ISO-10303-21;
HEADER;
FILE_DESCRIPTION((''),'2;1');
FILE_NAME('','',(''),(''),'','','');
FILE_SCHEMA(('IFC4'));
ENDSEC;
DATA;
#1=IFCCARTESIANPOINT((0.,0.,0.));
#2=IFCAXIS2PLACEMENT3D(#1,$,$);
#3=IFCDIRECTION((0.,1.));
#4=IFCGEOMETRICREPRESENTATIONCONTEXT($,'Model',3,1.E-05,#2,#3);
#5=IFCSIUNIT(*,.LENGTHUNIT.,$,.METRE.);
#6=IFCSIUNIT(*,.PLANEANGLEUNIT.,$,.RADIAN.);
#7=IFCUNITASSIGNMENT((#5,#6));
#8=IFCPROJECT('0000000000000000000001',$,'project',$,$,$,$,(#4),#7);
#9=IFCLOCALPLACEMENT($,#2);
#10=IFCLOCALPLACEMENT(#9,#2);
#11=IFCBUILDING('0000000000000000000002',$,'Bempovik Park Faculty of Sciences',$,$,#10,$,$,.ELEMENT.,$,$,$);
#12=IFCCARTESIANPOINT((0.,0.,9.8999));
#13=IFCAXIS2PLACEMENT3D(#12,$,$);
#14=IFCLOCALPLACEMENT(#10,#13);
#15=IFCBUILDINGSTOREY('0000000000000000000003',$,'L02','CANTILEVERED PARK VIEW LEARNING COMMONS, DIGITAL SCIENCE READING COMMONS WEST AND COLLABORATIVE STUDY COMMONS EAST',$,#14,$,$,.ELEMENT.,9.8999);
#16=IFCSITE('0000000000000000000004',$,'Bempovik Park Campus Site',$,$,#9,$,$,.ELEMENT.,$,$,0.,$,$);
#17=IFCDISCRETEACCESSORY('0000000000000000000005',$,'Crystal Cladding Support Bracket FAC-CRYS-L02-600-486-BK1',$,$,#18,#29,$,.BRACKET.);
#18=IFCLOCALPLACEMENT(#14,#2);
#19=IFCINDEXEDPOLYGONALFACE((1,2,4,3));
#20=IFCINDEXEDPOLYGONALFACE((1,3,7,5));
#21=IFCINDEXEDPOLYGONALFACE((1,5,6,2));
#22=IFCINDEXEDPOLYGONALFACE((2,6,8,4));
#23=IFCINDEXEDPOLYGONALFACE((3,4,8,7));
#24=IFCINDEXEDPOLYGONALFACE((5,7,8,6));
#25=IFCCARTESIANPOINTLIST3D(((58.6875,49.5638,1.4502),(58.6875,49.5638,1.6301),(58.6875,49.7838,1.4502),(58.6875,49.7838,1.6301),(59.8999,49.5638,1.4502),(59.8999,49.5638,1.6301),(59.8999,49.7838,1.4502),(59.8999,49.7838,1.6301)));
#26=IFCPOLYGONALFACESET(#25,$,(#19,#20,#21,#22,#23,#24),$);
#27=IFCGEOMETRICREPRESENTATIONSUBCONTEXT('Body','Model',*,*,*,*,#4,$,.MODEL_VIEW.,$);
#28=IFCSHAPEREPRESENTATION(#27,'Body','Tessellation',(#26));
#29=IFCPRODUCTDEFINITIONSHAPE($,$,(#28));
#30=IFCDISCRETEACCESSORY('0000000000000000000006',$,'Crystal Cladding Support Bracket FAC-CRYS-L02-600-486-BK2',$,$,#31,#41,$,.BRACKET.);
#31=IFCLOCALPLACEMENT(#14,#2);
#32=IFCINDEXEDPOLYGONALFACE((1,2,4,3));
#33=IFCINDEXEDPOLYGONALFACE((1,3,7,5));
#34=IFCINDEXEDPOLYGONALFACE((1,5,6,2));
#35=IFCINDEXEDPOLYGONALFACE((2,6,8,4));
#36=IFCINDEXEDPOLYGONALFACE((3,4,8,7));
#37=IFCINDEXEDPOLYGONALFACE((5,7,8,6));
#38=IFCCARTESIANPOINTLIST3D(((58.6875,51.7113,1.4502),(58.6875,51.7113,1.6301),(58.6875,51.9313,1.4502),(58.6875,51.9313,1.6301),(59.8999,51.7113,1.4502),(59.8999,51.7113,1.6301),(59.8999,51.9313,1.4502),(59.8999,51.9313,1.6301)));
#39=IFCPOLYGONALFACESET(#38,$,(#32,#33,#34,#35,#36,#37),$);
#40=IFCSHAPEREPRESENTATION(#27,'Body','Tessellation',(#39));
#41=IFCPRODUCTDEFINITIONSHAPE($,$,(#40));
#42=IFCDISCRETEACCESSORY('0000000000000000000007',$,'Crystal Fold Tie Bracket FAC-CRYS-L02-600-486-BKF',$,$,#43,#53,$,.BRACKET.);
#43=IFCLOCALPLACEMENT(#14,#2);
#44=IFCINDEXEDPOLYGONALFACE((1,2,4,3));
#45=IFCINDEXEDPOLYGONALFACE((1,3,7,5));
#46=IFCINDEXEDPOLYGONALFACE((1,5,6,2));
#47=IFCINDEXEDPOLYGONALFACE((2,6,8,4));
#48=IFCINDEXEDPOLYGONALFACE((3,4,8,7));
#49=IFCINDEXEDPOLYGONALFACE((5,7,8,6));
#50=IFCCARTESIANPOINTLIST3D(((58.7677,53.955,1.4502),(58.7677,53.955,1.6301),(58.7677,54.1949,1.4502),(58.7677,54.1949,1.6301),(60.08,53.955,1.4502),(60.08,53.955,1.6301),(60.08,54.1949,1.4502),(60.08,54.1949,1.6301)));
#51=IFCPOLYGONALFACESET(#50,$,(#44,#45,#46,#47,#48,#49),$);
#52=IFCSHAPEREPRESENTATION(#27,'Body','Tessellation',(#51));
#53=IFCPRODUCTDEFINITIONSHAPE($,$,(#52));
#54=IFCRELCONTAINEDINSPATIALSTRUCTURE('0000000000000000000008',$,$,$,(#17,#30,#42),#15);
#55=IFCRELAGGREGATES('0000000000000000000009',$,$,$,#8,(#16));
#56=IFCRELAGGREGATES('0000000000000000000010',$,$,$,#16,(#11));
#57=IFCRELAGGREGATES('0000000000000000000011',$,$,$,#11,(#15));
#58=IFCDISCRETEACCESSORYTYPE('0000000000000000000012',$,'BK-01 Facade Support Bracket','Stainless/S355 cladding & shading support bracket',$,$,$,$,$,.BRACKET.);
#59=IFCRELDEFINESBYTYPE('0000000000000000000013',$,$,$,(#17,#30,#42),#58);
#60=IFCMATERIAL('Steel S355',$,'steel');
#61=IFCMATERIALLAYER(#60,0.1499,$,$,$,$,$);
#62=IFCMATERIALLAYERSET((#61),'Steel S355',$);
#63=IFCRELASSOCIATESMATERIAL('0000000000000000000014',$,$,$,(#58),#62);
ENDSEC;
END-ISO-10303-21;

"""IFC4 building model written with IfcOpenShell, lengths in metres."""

from ifc_helpers import new_model, si_unit, direction, frame, origin, origin_2d, place, context, subcontext, project, spatial, rectangle, extrude, material, layer, layer_set, type_object, element, save


model = new_model("IFC4")

# Units and contexts
model_context = context("Model", 3, precision=1e-05, world=origin(), true_north=direction((0.0, 1.0)))
body_context = subcontext(model_context, "Body", "Model", "MODEL_VIEW")
ifc_project = project(units=[si_unit("LENGTHUNIT", "METRE"), si_unit("PLANEANGLEUNIT", "RADIAN")], contexts=[model_context])

# Site, building, storey
site_placement = place(None, origin())
site = spatial("IfcSite", under=ifc_project, at=site_placement, Name="Bempovik Park Campus Site", CompositionType="ELEMENT", RefElevation=0.0)
building_placement = place(site_placement, origin())
building = spatial("IfcBuilding", under=site, at=building_placement, Name="Bempovik Park Faculty of Sciences", CompositionType="ELEMENT")
storey_placement = place(building_placement, frame((0.0, 0.0, 9.8999)))
storey = spatial("IfcBuildingStorey", under=building, at=storey_placement, Name="L02", Description="CANTILEVERED PARK VIEW LEARNING COMMONS, DIGITAL SCIENCE READING COMMONS WEST AND COLLABORATIVE STUDY COMMONS EAST", CompositionType="ELEMENT", Elevation=9.8999)

# Discrete accessories
ifc_material_1 = material(Name="Steel S355", Category="steel")
ifc_layer_1 = layer(ifc_material_1, 0.1499)
ifc_layer_set_1 = layer_set([ifc_layer_1], Name="Steel S355")
discrete_accessory_type = type_object("IfcDiscreteAccessoryType", Name="BK-01 Facade Support Bracket", Description="Stainless/S355 cladding & shading support bracket", PredefinedType="BRACKET", material=ifc_layer_set_1)
for number, where, z_axis, x_axis, name in (
    (1, (59.2937, 49.6738, 1.4502), (0.0, 0.0, 1.0), (1.0, 0.0, 0.0), "Crystal Cladding Support Bracket FAC-CRYS-L02-600-486-BK1"),
    (2, (59.2937, 51.8213, 1.4502), (0.0, 0.0, 1.0), (1.0, 0.0, 0.0), "Crystal Cladding Support Bracket FAC-CRYS-L02-600-486-BK2"),
):
    element("IfcDiscreteAccessory", number, at=place(storey_placement, frame(where, z_axis=z_axis, x_axis=x_axis)), inside=storey, type_object=discrete_accessory_type, Name=name, PredefinedType="BRACKET", context=body_context, shape_type="SweptSolid", body=[
        extrude(rectangle(XDim=1.2124, YDim=0.22, at=origin_2d()), origin(), (0.0, 0.0, 1.0), 0.1799),
    ])
discrete_accessory_1_placement = place(storey_placement, frame((59.4238, 54.075, 1.4502), z_axis=(0.0, 0.0, 1.0), x_axis=(1.0, 0.0, 0.0)))
element("IfcDiscreteAccessory", 3, at=discrete_accessory_1_placement, inside=storey, type_object=discrete_accessory_type, Name="Crystal Fold Tie Bracket FAC-CRYS-L02-600-486-BKF", PredefinedType="BRACKET", context=body_context, shape_type="SweptSolid", body=[
    extrude(rectangle(XDim=1.3123, YDim=0.24, at=origin_2d()), origin(), (0.0, 0.0, 1.0), 0.1799),
])

save(model, "model.ifc")
